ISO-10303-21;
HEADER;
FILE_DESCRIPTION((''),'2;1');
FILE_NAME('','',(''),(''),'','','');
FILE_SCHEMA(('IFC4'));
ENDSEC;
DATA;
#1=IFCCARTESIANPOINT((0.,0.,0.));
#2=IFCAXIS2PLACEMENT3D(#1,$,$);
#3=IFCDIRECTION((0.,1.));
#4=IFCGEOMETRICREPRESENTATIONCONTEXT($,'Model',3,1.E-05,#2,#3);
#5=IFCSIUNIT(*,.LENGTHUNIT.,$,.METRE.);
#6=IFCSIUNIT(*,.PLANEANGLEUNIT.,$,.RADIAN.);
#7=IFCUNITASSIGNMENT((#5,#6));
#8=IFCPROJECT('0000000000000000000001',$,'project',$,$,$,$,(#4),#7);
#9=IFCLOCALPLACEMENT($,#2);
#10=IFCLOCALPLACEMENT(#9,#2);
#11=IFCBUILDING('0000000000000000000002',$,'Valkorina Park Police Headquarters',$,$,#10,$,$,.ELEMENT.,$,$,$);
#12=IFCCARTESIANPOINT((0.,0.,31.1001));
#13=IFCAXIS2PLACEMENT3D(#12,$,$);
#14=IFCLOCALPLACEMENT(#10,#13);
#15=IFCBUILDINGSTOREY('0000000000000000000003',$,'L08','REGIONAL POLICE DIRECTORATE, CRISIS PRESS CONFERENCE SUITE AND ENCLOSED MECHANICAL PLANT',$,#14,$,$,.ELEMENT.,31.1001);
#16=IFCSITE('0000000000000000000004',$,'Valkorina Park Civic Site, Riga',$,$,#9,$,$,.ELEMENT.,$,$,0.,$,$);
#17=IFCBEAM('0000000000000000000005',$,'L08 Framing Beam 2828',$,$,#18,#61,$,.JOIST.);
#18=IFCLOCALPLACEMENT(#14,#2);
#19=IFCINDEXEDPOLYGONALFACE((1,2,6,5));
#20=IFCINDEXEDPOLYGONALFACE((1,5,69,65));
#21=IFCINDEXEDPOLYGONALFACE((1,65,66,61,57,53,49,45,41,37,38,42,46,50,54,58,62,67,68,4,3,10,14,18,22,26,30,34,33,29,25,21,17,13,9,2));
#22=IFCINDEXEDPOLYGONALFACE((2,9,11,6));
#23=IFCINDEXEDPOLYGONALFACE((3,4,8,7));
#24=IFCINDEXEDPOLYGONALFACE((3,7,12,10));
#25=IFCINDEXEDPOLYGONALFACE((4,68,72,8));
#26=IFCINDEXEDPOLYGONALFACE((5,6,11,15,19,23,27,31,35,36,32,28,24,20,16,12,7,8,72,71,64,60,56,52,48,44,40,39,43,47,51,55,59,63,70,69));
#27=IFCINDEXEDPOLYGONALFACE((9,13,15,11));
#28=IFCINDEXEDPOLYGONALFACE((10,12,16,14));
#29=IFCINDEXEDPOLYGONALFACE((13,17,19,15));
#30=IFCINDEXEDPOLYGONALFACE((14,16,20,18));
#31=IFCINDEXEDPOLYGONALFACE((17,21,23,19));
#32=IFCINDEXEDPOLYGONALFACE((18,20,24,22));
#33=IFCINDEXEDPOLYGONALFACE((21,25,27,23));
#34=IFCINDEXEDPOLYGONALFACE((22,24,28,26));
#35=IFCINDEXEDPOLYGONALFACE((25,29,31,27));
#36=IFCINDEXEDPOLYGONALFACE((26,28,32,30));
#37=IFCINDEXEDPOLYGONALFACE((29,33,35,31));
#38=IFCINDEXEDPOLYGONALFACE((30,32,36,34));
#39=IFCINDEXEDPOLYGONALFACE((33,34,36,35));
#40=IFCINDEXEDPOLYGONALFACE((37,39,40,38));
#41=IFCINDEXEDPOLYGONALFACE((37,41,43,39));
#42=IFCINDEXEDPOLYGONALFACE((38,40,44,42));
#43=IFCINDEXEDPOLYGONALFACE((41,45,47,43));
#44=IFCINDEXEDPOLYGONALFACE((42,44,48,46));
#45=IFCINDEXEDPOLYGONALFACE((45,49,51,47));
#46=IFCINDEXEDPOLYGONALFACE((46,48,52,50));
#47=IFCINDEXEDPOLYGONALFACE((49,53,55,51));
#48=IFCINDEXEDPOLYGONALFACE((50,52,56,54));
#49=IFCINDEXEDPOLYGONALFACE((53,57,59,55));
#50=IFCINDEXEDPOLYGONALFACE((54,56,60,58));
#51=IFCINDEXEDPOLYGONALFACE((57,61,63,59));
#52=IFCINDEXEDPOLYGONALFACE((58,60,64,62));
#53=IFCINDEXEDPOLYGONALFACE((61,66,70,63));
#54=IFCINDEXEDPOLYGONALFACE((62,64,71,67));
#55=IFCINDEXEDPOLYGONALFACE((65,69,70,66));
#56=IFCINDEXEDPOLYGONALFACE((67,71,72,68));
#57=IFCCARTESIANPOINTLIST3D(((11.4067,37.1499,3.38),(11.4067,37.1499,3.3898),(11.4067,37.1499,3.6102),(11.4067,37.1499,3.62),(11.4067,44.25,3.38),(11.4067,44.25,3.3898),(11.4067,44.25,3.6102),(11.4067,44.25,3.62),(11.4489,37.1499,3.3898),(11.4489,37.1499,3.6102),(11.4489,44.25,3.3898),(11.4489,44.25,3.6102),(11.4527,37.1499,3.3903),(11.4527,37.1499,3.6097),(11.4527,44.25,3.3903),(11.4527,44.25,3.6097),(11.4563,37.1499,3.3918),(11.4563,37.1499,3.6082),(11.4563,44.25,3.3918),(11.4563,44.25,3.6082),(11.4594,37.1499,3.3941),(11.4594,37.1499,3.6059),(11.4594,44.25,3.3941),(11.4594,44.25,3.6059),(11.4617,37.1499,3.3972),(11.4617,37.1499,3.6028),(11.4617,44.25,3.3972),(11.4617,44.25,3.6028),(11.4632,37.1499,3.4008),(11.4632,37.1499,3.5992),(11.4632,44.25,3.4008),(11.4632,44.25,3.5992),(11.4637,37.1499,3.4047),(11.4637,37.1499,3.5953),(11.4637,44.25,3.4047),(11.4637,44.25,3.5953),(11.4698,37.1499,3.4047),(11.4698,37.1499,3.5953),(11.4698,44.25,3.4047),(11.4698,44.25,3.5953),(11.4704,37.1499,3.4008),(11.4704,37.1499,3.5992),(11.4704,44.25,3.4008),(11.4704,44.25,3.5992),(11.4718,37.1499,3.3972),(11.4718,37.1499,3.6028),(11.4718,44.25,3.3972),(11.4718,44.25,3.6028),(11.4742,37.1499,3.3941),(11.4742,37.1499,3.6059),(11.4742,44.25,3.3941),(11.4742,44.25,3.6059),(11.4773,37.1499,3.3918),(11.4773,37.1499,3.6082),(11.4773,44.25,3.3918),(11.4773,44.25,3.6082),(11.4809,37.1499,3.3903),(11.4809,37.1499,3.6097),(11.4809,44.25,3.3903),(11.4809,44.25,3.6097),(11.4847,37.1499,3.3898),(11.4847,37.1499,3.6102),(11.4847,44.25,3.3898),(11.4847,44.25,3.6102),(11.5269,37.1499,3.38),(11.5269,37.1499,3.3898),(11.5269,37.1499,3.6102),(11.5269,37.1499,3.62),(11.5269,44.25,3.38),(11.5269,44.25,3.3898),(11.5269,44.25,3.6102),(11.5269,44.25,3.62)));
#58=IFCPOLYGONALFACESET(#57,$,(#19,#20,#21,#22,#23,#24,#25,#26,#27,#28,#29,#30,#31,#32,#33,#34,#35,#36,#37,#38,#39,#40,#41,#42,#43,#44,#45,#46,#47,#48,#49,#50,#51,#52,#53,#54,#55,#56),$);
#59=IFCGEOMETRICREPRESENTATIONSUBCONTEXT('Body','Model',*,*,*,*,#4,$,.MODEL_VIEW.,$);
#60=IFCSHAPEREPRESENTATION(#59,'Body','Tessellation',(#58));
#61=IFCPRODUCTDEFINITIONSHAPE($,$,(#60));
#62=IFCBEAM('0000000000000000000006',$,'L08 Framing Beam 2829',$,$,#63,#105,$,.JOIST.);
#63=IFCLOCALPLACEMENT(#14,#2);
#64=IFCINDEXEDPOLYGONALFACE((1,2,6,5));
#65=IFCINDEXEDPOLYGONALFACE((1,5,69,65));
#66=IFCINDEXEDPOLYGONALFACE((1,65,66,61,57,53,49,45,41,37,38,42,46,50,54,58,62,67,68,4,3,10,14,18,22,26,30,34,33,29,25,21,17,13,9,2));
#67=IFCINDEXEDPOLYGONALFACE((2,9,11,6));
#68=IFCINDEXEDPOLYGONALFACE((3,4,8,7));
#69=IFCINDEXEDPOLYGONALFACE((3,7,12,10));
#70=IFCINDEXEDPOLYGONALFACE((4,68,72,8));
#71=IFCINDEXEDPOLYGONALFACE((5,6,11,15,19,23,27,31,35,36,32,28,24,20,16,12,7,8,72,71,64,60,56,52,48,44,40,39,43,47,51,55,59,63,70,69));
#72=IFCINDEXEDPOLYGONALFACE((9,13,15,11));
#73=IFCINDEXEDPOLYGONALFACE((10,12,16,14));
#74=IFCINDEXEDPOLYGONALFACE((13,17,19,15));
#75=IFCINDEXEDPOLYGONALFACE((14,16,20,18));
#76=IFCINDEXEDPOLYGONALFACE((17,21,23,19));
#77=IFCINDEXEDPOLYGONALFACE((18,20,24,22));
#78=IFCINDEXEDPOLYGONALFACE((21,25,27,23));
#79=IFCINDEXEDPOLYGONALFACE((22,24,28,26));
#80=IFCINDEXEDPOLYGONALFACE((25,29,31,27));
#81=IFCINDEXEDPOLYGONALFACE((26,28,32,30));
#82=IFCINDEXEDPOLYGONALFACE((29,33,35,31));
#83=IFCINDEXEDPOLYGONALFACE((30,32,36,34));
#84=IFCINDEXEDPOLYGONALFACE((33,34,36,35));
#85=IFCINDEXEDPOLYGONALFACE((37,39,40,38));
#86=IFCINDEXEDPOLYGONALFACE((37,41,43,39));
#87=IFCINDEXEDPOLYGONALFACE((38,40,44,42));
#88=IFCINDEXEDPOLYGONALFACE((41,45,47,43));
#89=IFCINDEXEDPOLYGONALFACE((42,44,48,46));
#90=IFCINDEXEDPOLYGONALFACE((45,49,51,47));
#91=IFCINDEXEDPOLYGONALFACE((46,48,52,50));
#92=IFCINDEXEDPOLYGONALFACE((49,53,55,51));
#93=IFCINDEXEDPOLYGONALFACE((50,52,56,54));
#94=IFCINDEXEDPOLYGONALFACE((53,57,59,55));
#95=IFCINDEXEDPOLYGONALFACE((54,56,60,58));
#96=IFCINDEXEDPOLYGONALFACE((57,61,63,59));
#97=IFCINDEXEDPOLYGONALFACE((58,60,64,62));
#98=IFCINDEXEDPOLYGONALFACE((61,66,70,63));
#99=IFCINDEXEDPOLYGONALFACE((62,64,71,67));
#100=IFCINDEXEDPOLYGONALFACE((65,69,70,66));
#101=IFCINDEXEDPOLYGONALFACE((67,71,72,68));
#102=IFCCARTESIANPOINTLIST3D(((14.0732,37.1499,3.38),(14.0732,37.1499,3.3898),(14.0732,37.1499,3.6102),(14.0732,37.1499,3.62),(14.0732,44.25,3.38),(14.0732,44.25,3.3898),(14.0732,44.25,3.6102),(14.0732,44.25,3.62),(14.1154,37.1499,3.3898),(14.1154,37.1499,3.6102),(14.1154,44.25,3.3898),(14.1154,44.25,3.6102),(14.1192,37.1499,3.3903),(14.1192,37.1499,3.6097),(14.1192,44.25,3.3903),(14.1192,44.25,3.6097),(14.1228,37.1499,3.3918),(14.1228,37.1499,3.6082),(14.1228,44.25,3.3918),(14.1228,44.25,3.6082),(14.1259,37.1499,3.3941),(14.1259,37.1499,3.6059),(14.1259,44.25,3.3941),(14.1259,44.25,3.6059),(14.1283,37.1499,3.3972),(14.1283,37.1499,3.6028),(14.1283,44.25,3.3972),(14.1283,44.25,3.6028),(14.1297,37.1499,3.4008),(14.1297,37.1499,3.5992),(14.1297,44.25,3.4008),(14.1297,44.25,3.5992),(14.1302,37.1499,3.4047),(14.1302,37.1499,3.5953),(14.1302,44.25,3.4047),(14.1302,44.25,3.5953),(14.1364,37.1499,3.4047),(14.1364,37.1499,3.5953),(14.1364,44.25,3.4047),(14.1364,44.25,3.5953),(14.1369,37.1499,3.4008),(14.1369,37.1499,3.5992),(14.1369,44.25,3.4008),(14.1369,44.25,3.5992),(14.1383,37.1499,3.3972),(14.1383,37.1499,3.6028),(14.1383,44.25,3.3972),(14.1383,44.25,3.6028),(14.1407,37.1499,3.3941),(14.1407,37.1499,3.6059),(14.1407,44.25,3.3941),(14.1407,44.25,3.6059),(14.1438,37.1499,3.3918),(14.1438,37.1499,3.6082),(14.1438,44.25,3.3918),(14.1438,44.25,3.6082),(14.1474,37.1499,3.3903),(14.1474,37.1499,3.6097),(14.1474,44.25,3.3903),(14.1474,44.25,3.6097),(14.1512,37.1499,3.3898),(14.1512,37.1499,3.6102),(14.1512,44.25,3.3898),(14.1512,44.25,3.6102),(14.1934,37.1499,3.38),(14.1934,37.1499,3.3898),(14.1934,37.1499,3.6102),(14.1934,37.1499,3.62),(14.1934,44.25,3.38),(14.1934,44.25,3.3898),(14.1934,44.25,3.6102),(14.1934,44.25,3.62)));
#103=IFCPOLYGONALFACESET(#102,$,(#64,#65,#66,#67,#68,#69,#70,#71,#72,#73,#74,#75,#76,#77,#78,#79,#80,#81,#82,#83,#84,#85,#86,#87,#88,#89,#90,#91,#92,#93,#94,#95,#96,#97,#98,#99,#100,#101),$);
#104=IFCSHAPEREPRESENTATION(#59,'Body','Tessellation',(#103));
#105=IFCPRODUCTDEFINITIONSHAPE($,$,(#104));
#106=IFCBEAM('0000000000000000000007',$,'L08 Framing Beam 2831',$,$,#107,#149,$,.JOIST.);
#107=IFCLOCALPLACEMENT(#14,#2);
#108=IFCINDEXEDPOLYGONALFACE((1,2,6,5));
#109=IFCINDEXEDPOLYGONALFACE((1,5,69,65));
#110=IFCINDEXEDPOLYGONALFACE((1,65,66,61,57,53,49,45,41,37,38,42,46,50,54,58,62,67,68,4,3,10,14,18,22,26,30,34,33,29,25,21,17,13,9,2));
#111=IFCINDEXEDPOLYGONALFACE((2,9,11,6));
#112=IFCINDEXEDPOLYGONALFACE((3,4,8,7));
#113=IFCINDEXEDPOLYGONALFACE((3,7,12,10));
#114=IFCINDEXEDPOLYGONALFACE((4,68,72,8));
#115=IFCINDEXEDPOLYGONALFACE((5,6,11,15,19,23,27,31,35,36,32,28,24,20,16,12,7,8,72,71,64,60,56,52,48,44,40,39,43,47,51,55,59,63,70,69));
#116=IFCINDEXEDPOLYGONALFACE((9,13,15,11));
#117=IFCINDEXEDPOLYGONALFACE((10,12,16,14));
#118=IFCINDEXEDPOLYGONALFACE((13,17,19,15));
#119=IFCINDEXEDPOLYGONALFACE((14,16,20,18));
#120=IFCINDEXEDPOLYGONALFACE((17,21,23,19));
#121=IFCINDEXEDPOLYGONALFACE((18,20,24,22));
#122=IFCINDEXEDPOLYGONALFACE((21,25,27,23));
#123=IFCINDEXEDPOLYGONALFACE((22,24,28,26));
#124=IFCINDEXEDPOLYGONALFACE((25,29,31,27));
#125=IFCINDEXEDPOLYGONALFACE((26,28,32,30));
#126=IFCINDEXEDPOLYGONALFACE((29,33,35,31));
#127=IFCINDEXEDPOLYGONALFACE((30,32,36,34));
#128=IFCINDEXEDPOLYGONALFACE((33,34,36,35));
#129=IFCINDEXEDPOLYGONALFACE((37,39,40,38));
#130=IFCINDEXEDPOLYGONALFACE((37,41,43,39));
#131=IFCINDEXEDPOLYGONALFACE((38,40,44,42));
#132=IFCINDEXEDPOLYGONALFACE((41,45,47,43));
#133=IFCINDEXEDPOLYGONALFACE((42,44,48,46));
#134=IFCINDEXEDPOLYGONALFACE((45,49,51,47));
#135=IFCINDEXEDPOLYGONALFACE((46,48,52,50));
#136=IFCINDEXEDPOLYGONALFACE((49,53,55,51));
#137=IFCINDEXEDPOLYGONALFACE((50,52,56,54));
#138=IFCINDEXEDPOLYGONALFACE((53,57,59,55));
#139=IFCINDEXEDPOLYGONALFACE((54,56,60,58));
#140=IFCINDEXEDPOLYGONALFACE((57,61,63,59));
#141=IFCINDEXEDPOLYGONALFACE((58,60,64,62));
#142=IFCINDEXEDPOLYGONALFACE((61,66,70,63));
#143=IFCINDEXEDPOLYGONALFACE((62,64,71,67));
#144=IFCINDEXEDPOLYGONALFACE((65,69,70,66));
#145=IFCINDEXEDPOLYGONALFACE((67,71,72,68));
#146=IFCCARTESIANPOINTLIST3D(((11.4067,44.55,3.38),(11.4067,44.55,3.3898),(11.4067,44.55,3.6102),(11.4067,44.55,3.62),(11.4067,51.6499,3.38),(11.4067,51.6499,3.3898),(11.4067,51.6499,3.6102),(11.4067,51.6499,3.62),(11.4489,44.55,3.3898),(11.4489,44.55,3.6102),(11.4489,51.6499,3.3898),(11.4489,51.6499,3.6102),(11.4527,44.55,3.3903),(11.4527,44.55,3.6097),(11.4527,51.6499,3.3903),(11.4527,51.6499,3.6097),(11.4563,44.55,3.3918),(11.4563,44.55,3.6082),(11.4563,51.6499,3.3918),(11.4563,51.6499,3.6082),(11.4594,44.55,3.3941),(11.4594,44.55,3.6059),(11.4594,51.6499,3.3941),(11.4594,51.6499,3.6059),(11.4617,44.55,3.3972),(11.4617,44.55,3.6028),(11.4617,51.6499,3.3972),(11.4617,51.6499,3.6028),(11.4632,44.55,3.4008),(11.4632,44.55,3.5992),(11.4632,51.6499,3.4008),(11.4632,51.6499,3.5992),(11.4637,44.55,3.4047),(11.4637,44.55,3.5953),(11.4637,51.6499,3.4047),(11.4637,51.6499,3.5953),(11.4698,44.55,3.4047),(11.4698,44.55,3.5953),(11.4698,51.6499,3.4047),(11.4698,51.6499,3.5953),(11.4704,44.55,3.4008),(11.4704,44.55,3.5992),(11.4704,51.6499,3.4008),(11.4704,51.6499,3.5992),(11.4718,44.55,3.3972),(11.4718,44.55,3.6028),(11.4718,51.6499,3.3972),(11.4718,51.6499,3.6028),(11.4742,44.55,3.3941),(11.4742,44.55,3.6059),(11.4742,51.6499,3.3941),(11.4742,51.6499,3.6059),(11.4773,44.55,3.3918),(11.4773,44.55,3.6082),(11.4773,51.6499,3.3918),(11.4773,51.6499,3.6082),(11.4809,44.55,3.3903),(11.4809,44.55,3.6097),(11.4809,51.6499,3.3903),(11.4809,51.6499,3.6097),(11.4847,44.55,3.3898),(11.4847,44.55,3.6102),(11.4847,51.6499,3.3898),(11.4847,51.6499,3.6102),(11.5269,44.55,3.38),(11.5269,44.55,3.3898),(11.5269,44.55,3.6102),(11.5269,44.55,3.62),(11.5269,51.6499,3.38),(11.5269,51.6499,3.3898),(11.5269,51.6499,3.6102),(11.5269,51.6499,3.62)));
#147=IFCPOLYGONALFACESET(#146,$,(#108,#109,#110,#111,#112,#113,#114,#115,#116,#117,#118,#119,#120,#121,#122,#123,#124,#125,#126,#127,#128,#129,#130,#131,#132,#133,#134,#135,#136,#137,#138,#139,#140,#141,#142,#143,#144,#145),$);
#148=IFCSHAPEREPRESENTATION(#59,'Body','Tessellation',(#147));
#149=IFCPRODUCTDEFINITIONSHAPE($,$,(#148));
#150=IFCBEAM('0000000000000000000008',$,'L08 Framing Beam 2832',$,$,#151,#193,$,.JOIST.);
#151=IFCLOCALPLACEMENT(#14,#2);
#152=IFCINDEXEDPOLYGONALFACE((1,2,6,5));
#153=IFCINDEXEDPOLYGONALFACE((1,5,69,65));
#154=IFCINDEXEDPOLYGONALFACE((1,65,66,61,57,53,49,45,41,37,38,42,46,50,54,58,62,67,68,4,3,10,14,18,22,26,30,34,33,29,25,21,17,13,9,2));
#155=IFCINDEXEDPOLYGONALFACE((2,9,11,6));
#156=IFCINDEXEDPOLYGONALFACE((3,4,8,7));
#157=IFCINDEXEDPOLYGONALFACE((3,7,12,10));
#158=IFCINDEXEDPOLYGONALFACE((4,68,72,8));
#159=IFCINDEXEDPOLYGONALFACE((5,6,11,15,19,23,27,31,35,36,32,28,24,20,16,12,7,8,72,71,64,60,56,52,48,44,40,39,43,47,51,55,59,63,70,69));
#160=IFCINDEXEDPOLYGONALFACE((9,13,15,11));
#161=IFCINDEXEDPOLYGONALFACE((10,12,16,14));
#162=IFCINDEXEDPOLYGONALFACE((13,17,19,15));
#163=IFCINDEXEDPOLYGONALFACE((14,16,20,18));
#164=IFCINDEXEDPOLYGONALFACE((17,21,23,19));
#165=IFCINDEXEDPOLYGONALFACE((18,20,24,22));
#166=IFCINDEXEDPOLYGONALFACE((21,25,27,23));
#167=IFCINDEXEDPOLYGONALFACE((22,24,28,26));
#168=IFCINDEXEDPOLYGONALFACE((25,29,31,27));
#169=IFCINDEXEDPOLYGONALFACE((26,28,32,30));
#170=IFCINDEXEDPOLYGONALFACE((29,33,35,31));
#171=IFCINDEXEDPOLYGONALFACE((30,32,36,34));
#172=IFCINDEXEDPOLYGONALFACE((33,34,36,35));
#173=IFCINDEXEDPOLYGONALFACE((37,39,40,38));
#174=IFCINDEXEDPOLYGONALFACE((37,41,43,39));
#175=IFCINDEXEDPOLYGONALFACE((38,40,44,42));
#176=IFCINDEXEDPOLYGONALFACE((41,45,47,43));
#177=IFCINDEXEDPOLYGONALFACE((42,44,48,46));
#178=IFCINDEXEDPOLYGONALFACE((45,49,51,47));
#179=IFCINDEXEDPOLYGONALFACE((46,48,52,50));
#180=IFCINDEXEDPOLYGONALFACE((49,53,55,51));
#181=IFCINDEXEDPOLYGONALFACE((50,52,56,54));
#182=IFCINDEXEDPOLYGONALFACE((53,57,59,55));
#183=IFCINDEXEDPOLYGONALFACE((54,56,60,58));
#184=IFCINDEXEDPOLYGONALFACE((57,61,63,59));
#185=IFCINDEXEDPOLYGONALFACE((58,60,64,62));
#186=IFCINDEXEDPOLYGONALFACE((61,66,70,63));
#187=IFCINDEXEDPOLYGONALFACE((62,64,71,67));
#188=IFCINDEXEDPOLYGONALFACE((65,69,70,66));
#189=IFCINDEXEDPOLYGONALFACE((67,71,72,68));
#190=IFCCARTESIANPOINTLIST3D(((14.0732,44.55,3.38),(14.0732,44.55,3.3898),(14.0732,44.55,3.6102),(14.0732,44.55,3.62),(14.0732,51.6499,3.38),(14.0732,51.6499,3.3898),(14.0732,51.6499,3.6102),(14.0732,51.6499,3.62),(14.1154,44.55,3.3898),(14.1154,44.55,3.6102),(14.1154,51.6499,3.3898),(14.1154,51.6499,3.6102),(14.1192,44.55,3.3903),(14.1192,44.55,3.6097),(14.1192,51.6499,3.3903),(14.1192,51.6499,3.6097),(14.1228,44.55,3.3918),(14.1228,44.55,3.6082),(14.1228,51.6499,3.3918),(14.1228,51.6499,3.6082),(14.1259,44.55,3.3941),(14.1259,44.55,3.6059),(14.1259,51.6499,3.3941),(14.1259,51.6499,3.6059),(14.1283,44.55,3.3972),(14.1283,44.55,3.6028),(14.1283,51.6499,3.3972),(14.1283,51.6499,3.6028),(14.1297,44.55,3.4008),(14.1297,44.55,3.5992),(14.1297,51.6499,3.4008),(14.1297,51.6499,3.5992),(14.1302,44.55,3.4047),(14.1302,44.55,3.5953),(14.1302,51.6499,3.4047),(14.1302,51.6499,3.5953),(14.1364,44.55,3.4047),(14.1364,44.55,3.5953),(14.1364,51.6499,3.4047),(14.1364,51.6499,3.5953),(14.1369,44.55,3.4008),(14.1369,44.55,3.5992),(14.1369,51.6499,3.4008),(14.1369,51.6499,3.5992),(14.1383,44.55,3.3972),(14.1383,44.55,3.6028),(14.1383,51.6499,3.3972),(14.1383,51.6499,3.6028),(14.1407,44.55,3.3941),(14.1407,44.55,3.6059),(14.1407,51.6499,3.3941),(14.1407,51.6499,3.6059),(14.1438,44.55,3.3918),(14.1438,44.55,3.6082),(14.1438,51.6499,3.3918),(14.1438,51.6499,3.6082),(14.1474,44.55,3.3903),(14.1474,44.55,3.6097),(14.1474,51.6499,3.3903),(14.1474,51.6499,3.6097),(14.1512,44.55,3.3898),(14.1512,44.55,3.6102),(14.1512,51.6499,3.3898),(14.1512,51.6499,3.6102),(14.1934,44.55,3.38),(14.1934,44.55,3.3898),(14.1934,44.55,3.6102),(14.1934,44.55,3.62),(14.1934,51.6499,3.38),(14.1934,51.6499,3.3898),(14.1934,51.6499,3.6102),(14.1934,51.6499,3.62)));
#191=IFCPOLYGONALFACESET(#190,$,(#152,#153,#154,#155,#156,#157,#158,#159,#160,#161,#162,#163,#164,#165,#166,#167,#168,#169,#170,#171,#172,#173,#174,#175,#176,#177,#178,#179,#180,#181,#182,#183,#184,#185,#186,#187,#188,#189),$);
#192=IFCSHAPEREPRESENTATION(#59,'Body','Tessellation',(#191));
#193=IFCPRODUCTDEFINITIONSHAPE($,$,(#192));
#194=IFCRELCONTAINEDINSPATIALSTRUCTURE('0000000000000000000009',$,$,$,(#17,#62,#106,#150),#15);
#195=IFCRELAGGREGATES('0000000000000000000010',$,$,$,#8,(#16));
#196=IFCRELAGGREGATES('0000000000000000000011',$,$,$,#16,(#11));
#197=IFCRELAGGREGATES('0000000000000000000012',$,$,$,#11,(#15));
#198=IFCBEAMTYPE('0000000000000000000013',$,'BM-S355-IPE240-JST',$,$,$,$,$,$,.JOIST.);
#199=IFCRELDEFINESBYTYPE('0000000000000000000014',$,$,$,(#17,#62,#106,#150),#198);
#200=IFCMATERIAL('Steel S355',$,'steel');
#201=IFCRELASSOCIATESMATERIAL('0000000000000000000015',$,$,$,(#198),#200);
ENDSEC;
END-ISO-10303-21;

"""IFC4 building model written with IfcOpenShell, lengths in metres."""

from ifc_helpers import new_model, si_unit, direction, frame, origin, origin_2d, place, context, subcontext, project, spatial, i_section, extrude, material, material_profile, profile_set, type_object, element, save


model = new_model("IFC4")

# Units and contexts
model_context = context("Model", 3, precision=1e-05, world=origin(), true_north=direction((0.0, 1.0)))
body_context = subcontext(model_context, "Body", "Model", "MODEL_VIEW")
ifc_project = project(units=[si_unit("LENGTHUNIT", "METRE"), si_unit("PLANEANGLEUNIT", "RADIAN")], contexts=[model_context])

# Site, building, storey
site_placement = place(None, origin())
site = spatial("IfcSite", under=ifc_project, at=site_placement, Name="Valkorina Park Civic Site, Riga", CompositionType="ELEMENT", RefElevation=0.0)
building_placement = place(site_placement, origin())
building = spatial("IfcBuilding", under=site, at=building_placement, Name="Valkorina Park Police Headquarters", CompositionType="ELEMENT")
storey_placement = place(building_placement, frame((0.0, 0.0, 31.1001)))
storey = spatial("IfcBuildingStorey", under=building, at=storey_placement, Name="L08", Description="REGIONAL POLICE DIRECTORATE, CRISIS PRESS CONFERENCE SUITE AND ENCLOSED MECHANICAL PLANT", CompositionType="ELEMENT", Elevation=31.1001)

# Shared definitions
ifc_material_1 = material(Name="Steel S355", Category="steel")

# Beams
ifc_material_profile_1 = material_profile(ifc_material_1, i_section(OverallWidth=0.1201, OverallDepth=0.24, WebThickness=0.0061, FlangeThickness=0.0098, FilletRadius=0.0149, at=origin_2d()), Name="IPE 240")
ifc_profile_set_1 = profile_set([ifc_material_profile_1], Name="Steel S355")
beam_type_1 = type_object("IfcBeamType", Name="BM-S355-IPE240-JST", PredefinedType="JOIST", material=ifc_profile_set_1)
for number, where, z_axis, x_axis, name in (
    (1, (11.4668, 37.1499, 3.5), (0.0, 1.0, 0.0), (-1.0, 0.0, 0.0), "L08 Framing Beam 2828"),
    (2, (14.1333, 37.1499, 3.5), (0.0, 1.0, 0.0), (-1.0, 0.0, 0.0), "L08 Framing Beam 2829"),
):
    element("IfcBeam", number, at=place(storey_placement, frame(where, z_axis=z_axis, x_axis=x_axis)), inside=storey, type_object=beam_type_1, Name=name, PredefinedType="JOIST", context=body_context, shape_type="SweptSolid", body=[
        extrude(i_section(OverallWidth=0.1201, OverallDepth=0.24, WebThickness=0.0061, FlangeThickness=0.0098, FilletRadius=0.0149, at=origin_2d()), origin(), (0.0, 0.0, 1.0), 7.1001),
    ])
for number, where, z_axis, x_axis, name in (
    (3, (11.4668, 44.55, 3.5), (0.0, 1.0, 0.0), (-1.0, 0.0, 0.0), "L08 Framing Beam 2831"),
    (4, (14.1333, 44.55, 3.5), (0.0, 1.0, 0.0), (-1.0, 0.0, 0.0), "L08 Framing Beam 2832"),
):
    element("IfcBeam", number, at=place(storey_placement, frame(where, z_axis=z_axis, x_axis=x_axis)), inside=storey, type_object=beam_type_1, Name=name, PredefinedType="JOIST", context=body_context, shape_type="SweptSolid", body=[
        extrude(i_section(OverallWidth=0.1201, OverallDepth=0.24, WebThickness=0.0061, FlangeThickness=0.0098, FilletRadius=0.0149, at=origin_2d()), origin(), (0.0, 0.0, 1.0), 7.0999),
    ])

save(model, "model.ifc")
